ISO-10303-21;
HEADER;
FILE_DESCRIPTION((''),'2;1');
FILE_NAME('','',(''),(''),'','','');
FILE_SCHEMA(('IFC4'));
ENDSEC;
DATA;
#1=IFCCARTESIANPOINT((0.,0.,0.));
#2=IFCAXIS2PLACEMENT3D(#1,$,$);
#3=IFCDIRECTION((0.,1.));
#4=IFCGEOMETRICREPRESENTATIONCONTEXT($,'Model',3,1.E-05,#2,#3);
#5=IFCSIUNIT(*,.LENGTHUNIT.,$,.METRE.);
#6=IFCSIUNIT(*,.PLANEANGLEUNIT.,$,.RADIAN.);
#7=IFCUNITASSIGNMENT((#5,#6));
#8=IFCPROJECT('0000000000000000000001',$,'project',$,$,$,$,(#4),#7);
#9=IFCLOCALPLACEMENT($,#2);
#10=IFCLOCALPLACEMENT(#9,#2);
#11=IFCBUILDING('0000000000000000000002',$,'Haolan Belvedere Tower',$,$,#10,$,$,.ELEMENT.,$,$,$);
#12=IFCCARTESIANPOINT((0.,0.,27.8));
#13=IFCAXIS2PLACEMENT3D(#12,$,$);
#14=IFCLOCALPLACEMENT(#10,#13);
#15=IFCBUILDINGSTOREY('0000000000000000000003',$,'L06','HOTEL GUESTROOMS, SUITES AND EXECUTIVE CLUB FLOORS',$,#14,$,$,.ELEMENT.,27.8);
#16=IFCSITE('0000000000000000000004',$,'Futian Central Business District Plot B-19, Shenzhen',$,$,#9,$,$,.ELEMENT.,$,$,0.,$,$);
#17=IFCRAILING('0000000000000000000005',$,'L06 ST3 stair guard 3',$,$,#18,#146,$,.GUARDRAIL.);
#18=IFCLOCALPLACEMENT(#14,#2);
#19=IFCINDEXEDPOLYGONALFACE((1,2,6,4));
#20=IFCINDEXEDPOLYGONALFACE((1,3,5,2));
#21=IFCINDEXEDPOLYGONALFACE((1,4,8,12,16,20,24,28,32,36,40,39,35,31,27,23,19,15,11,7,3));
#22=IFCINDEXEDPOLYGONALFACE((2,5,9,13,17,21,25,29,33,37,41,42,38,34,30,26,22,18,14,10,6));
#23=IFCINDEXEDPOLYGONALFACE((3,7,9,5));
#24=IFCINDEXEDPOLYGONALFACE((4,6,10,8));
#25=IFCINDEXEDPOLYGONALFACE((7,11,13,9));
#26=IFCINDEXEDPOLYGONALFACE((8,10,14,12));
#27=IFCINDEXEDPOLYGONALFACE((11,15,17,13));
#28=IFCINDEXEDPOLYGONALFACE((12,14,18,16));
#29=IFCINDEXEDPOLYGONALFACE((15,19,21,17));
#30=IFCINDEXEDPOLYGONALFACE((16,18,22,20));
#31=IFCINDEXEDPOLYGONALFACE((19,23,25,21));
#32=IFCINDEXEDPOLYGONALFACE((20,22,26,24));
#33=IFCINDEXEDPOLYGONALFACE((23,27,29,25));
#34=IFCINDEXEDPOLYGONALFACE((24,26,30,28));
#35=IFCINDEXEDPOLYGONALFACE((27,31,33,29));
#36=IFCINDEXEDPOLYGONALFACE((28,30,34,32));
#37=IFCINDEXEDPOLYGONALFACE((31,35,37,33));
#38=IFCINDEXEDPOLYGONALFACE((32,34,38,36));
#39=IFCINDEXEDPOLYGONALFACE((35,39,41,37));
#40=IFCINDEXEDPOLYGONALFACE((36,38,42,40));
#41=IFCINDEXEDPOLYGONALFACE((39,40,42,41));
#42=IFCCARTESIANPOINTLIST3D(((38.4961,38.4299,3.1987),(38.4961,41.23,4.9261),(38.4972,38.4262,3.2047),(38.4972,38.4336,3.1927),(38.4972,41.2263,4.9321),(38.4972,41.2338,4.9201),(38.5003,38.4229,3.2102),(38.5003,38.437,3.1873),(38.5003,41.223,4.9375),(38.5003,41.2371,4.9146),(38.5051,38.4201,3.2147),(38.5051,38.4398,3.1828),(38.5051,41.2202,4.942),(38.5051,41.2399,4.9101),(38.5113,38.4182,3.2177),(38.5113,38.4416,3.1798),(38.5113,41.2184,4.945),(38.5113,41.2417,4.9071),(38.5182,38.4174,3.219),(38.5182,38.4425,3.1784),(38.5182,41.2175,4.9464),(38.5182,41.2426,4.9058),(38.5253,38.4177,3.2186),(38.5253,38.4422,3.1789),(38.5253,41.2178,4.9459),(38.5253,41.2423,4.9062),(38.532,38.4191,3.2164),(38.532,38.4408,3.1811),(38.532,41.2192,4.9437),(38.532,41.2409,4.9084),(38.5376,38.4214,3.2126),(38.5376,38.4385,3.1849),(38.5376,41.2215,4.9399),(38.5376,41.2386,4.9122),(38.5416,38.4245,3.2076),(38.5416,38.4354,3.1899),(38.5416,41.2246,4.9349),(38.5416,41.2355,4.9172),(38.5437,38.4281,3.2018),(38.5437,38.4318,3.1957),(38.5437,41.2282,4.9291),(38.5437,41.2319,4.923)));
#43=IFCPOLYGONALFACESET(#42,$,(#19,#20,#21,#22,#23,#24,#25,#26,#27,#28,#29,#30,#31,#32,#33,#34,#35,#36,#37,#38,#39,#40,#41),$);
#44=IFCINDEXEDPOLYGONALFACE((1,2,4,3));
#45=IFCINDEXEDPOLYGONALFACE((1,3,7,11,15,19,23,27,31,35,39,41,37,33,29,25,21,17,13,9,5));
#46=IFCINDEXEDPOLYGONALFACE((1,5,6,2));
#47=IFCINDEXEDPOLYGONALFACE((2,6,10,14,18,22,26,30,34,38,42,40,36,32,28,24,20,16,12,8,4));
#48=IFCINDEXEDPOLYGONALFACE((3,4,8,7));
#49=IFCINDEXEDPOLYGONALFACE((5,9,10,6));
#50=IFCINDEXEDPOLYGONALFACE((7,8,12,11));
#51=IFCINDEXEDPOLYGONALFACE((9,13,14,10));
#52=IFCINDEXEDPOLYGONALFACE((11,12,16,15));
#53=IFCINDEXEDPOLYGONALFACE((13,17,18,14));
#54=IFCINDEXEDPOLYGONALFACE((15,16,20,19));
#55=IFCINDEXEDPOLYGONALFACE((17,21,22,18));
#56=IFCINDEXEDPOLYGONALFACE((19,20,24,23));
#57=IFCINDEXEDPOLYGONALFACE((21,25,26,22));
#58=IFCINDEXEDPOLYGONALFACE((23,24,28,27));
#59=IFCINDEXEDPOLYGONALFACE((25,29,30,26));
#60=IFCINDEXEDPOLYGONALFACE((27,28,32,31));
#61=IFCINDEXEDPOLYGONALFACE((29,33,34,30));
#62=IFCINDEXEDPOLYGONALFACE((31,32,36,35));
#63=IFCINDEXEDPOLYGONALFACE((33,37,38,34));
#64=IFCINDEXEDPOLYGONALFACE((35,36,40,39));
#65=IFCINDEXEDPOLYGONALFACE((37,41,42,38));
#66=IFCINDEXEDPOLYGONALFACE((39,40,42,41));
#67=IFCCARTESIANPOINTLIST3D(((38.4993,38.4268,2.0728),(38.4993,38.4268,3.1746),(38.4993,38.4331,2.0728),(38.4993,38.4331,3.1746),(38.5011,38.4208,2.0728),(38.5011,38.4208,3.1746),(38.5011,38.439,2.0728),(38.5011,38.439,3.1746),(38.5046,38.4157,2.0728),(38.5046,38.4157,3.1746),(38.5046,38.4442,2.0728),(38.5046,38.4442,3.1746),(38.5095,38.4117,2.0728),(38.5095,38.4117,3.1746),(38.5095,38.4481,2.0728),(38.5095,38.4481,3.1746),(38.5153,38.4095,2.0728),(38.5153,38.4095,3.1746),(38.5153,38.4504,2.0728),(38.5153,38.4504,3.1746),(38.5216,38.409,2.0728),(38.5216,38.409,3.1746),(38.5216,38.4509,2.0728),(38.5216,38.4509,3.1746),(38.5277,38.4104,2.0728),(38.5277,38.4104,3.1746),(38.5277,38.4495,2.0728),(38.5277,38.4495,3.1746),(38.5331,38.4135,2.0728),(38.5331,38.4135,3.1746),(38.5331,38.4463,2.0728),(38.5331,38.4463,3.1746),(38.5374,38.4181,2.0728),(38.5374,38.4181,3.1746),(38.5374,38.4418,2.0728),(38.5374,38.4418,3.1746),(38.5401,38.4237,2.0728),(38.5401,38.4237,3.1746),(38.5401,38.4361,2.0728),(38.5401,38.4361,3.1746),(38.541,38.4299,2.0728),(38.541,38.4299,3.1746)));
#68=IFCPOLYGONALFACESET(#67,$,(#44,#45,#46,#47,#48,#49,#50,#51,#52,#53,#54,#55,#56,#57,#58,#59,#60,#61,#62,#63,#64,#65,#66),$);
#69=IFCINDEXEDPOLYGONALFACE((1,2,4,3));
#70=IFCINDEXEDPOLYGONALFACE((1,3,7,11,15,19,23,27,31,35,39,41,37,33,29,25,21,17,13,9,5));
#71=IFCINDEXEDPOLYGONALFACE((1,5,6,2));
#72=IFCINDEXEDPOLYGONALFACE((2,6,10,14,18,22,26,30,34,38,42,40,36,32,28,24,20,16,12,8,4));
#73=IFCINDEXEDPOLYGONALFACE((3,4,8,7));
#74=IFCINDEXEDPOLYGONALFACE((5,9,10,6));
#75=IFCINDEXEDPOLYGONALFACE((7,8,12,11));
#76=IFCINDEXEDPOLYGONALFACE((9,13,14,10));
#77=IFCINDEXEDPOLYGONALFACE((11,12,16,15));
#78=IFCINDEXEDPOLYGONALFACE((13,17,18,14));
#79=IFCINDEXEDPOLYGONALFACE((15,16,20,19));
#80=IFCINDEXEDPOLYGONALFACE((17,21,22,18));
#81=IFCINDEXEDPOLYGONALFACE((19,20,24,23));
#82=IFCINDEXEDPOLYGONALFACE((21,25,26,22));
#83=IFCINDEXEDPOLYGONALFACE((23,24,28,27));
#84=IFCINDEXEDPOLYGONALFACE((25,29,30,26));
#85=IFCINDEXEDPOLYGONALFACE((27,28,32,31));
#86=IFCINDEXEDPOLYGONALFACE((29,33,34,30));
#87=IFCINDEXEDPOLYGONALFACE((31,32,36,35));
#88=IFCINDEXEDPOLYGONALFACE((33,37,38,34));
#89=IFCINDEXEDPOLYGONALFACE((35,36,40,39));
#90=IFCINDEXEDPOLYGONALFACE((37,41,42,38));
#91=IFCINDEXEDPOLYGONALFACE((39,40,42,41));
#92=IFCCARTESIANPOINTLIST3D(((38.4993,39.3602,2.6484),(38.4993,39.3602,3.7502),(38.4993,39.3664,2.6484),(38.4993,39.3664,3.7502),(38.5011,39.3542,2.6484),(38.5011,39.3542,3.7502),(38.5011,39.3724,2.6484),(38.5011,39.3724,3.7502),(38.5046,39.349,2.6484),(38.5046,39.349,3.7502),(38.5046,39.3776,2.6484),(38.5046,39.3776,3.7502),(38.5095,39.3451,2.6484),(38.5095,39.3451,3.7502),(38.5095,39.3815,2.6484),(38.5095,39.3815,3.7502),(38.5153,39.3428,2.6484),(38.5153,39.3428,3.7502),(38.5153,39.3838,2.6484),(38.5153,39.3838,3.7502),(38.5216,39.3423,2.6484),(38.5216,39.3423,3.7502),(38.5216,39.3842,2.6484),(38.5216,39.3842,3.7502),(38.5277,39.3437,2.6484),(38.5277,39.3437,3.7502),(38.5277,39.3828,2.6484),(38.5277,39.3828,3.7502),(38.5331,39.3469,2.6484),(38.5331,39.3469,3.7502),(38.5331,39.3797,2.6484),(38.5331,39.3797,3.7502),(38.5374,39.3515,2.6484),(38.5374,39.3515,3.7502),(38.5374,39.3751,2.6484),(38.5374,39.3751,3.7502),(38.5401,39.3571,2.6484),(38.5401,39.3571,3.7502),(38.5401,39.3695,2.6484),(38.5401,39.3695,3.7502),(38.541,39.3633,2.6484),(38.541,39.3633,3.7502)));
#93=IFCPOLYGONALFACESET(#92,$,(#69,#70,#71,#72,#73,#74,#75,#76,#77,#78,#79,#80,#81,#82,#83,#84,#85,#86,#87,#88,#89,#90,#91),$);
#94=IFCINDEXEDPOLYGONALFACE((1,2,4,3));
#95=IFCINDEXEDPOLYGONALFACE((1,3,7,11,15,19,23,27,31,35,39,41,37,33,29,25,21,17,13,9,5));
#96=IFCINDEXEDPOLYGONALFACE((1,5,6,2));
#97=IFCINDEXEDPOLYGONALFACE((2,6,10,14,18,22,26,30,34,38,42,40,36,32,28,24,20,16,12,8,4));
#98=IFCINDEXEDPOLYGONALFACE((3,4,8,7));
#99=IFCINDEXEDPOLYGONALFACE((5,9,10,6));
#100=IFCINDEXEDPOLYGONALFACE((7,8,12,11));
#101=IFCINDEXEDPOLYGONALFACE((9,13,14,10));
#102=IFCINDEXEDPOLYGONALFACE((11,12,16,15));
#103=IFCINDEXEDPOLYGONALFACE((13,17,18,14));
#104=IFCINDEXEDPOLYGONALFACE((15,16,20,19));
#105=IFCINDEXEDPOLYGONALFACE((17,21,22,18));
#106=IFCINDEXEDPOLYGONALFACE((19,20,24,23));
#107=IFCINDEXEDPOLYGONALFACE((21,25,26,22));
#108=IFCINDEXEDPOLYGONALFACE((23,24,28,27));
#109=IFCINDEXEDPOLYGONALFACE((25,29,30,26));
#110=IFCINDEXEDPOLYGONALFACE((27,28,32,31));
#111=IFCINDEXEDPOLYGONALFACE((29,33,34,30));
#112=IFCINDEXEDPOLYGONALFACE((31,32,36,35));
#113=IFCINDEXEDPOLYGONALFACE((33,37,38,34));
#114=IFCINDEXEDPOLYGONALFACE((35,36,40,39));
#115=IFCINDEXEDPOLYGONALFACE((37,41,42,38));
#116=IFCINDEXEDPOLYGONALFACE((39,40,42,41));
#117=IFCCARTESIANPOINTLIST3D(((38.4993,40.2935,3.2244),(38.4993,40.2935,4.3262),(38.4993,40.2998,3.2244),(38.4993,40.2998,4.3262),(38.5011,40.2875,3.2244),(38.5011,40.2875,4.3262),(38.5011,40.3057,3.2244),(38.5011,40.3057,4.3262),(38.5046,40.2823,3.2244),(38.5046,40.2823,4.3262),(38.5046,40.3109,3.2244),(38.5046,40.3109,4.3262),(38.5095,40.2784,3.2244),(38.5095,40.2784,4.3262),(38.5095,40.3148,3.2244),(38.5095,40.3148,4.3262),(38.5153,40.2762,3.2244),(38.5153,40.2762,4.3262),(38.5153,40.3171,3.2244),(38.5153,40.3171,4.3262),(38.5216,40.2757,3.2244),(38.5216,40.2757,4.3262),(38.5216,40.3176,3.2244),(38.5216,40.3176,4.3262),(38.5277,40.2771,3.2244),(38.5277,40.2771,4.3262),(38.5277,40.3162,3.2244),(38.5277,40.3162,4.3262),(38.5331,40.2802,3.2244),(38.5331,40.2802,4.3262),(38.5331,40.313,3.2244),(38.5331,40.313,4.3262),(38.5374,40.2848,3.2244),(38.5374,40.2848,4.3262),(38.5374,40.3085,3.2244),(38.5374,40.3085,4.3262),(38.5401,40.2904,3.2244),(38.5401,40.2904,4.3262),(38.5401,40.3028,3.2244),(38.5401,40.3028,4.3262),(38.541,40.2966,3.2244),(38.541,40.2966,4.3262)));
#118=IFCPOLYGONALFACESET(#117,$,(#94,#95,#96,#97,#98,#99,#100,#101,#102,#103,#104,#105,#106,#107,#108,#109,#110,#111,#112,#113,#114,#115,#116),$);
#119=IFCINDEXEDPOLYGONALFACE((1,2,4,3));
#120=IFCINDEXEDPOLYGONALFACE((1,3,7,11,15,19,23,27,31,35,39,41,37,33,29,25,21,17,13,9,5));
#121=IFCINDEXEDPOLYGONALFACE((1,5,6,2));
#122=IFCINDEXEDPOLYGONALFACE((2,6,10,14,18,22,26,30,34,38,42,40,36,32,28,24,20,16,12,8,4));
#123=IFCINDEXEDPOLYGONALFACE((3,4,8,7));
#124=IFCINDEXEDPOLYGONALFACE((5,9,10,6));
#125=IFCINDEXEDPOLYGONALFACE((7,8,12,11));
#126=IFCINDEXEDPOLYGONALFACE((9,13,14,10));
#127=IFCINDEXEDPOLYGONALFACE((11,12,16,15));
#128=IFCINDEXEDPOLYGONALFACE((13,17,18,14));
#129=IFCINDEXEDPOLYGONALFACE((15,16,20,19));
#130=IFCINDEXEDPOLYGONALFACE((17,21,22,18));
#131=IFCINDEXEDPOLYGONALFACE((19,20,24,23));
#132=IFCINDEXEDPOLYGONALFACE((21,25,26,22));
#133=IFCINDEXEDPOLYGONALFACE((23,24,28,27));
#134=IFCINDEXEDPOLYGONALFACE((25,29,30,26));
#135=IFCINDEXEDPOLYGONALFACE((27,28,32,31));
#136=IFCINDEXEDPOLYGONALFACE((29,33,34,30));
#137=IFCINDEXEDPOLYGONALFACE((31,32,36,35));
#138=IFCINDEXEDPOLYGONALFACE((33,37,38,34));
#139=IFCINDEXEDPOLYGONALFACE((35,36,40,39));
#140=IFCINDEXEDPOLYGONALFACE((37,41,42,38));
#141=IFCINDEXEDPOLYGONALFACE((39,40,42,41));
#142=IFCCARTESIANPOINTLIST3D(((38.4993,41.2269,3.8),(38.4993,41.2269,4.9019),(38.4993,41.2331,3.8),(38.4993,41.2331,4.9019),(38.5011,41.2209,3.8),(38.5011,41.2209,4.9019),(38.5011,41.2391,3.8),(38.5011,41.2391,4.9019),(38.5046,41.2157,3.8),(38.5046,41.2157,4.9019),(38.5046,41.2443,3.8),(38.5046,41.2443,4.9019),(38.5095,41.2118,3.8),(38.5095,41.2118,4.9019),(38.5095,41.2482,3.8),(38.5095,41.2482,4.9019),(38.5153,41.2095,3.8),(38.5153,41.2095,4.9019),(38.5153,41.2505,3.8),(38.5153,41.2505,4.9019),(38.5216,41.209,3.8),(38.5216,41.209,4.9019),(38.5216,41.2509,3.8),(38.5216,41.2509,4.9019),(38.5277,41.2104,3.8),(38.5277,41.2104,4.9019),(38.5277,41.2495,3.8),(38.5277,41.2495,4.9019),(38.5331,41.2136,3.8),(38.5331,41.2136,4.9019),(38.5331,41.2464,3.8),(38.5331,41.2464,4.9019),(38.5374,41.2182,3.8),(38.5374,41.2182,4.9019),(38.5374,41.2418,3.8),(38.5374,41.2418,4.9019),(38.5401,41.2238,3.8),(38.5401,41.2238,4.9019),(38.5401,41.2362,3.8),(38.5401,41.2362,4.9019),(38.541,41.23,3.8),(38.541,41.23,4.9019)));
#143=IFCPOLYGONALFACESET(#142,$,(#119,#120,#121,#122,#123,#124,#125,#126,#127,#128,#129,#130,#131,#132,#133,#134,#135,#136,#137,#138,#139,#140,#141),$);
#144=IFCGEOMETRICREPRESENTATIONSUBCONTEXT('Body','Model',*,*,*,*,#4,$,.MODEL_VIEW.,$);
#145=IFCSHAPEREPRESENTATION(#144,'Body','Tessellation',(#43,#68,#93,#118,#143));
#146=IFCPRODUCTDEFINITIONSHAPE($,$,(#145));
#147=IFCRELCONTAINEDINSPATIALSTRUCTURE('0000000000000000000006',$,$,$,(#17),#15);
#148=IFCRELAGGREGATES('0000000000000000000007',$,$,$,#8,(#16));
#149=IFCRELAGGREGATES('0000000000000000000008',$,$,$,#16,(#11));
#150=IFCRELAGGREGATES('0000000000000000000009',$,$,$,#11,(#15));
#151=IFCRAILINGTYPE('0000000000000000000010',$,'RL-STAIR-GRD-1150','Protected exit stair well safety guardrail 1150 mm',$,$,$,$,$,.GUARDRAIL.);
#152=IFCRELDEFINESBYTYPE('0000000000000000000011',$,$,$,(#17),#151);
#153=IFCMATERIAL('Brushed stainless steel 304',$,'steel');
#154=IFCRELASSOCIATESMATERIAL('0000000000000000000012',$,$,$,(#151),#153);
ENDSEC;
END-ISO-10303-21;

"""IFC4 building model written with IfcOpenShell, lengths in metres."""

from ifc_helpers import new_model, si_unit, direction, frame, origin, origin_2d, place, context, subcontext, project, spatial, circle, extrude, material, type_object, element, save


model = new_model("IFC4")

# Units and contexts
model_context = context("Model", 3, precision=1e-05, world=origin(), true_north=direction((0.0, 1.0)))
body_context = subcontext(model_context, "Body", "Model", "MODEL_VIEW")
ifc_project = project(units=[si_unit("LENGTHUNIT", "METRE"), si_unit("PLANEANGLEUNIT", "RADIAN")], contexts=[model_context])

# Site, building, storey
site_placement = place(None, origin())
site = spatial("IfcSite", under=ifc_project, at=site_placement, Name="Futian Central Business District Plot B-19, Shenzhen", CompositionType="ELEMENT", RefElevation=0.0)
building_placement = place(site_placement, origin())
building = spatial("IfcBuilding", under=site, at=building_placement, Name="Haolan Belvedere Tower", CompositionType="ELEMENT")
storey_placement = place(building_placement, frame((0.0, 0.0, 27.8)))
storey = spatial("IfcBuildingStorey", under=building, at=storey_placement, Name="L06", Description="HOTEL GUESTROOMS, SUITES AND EXECUTIVE CLUB FLOORS", CompositionType="ELEMENT", Elevation=27.8)

# Railing
ifc_material_1 = material(Name="Brushed stainless steel 304", Category="steel")
railing_type_1 = type_object("IfcRailingType", Name="RL-STAIR-GRD-1150", Description="Protected exit stair well safety guardrail 1150 mm", PredefinedType="GUARDRAIL", material=ifc_material_1)
railing_1_placement = place(storey_placement, frame((38.52, 38.4299, 2.0728)))
element("IfcRailing", 1, at=railing_1_placement, inside=storey, type_object=railing_type_1, Name="L06 ST3 stair guard 3", PredefinedType="GUARDRAIL", context=body_context, shape_type="SweptSolid", body=[
    extrude(circle(Radius=0.0239, at=origin_2d()), frame((0.0, 0.0, 1.126), z_axis=(0.0, 0.85109, 0.52502), x_axis=(-1.0, 0.0, 0.0)), (0.0, 0.0, 1.0), 3.29),
    extrude(circle(Radius=0.021, at=origin_2d()), origin(), (0.0, 0.0, 1.0), 1.1018),
    extrude(circle(Radius=0.021, at=origin_2d()), frame((0.0, 0.9333, 0.5757)), (0.0, 0.0, 1.0), 1.1018),
    extrude(circle(Radius=0.021, at=origin_2d()), frame((0.0, 1.8667, 1.1516)), (0.0, 0.0, 1.0), 1.1018),
    extrude(circle(Radius=0.021, at=origin_2d()), frame((0.0, 2.8, 1.7273)), (0.0, 0.0, 1.0), 1.1018),
])

save(model, "model.ifc")
